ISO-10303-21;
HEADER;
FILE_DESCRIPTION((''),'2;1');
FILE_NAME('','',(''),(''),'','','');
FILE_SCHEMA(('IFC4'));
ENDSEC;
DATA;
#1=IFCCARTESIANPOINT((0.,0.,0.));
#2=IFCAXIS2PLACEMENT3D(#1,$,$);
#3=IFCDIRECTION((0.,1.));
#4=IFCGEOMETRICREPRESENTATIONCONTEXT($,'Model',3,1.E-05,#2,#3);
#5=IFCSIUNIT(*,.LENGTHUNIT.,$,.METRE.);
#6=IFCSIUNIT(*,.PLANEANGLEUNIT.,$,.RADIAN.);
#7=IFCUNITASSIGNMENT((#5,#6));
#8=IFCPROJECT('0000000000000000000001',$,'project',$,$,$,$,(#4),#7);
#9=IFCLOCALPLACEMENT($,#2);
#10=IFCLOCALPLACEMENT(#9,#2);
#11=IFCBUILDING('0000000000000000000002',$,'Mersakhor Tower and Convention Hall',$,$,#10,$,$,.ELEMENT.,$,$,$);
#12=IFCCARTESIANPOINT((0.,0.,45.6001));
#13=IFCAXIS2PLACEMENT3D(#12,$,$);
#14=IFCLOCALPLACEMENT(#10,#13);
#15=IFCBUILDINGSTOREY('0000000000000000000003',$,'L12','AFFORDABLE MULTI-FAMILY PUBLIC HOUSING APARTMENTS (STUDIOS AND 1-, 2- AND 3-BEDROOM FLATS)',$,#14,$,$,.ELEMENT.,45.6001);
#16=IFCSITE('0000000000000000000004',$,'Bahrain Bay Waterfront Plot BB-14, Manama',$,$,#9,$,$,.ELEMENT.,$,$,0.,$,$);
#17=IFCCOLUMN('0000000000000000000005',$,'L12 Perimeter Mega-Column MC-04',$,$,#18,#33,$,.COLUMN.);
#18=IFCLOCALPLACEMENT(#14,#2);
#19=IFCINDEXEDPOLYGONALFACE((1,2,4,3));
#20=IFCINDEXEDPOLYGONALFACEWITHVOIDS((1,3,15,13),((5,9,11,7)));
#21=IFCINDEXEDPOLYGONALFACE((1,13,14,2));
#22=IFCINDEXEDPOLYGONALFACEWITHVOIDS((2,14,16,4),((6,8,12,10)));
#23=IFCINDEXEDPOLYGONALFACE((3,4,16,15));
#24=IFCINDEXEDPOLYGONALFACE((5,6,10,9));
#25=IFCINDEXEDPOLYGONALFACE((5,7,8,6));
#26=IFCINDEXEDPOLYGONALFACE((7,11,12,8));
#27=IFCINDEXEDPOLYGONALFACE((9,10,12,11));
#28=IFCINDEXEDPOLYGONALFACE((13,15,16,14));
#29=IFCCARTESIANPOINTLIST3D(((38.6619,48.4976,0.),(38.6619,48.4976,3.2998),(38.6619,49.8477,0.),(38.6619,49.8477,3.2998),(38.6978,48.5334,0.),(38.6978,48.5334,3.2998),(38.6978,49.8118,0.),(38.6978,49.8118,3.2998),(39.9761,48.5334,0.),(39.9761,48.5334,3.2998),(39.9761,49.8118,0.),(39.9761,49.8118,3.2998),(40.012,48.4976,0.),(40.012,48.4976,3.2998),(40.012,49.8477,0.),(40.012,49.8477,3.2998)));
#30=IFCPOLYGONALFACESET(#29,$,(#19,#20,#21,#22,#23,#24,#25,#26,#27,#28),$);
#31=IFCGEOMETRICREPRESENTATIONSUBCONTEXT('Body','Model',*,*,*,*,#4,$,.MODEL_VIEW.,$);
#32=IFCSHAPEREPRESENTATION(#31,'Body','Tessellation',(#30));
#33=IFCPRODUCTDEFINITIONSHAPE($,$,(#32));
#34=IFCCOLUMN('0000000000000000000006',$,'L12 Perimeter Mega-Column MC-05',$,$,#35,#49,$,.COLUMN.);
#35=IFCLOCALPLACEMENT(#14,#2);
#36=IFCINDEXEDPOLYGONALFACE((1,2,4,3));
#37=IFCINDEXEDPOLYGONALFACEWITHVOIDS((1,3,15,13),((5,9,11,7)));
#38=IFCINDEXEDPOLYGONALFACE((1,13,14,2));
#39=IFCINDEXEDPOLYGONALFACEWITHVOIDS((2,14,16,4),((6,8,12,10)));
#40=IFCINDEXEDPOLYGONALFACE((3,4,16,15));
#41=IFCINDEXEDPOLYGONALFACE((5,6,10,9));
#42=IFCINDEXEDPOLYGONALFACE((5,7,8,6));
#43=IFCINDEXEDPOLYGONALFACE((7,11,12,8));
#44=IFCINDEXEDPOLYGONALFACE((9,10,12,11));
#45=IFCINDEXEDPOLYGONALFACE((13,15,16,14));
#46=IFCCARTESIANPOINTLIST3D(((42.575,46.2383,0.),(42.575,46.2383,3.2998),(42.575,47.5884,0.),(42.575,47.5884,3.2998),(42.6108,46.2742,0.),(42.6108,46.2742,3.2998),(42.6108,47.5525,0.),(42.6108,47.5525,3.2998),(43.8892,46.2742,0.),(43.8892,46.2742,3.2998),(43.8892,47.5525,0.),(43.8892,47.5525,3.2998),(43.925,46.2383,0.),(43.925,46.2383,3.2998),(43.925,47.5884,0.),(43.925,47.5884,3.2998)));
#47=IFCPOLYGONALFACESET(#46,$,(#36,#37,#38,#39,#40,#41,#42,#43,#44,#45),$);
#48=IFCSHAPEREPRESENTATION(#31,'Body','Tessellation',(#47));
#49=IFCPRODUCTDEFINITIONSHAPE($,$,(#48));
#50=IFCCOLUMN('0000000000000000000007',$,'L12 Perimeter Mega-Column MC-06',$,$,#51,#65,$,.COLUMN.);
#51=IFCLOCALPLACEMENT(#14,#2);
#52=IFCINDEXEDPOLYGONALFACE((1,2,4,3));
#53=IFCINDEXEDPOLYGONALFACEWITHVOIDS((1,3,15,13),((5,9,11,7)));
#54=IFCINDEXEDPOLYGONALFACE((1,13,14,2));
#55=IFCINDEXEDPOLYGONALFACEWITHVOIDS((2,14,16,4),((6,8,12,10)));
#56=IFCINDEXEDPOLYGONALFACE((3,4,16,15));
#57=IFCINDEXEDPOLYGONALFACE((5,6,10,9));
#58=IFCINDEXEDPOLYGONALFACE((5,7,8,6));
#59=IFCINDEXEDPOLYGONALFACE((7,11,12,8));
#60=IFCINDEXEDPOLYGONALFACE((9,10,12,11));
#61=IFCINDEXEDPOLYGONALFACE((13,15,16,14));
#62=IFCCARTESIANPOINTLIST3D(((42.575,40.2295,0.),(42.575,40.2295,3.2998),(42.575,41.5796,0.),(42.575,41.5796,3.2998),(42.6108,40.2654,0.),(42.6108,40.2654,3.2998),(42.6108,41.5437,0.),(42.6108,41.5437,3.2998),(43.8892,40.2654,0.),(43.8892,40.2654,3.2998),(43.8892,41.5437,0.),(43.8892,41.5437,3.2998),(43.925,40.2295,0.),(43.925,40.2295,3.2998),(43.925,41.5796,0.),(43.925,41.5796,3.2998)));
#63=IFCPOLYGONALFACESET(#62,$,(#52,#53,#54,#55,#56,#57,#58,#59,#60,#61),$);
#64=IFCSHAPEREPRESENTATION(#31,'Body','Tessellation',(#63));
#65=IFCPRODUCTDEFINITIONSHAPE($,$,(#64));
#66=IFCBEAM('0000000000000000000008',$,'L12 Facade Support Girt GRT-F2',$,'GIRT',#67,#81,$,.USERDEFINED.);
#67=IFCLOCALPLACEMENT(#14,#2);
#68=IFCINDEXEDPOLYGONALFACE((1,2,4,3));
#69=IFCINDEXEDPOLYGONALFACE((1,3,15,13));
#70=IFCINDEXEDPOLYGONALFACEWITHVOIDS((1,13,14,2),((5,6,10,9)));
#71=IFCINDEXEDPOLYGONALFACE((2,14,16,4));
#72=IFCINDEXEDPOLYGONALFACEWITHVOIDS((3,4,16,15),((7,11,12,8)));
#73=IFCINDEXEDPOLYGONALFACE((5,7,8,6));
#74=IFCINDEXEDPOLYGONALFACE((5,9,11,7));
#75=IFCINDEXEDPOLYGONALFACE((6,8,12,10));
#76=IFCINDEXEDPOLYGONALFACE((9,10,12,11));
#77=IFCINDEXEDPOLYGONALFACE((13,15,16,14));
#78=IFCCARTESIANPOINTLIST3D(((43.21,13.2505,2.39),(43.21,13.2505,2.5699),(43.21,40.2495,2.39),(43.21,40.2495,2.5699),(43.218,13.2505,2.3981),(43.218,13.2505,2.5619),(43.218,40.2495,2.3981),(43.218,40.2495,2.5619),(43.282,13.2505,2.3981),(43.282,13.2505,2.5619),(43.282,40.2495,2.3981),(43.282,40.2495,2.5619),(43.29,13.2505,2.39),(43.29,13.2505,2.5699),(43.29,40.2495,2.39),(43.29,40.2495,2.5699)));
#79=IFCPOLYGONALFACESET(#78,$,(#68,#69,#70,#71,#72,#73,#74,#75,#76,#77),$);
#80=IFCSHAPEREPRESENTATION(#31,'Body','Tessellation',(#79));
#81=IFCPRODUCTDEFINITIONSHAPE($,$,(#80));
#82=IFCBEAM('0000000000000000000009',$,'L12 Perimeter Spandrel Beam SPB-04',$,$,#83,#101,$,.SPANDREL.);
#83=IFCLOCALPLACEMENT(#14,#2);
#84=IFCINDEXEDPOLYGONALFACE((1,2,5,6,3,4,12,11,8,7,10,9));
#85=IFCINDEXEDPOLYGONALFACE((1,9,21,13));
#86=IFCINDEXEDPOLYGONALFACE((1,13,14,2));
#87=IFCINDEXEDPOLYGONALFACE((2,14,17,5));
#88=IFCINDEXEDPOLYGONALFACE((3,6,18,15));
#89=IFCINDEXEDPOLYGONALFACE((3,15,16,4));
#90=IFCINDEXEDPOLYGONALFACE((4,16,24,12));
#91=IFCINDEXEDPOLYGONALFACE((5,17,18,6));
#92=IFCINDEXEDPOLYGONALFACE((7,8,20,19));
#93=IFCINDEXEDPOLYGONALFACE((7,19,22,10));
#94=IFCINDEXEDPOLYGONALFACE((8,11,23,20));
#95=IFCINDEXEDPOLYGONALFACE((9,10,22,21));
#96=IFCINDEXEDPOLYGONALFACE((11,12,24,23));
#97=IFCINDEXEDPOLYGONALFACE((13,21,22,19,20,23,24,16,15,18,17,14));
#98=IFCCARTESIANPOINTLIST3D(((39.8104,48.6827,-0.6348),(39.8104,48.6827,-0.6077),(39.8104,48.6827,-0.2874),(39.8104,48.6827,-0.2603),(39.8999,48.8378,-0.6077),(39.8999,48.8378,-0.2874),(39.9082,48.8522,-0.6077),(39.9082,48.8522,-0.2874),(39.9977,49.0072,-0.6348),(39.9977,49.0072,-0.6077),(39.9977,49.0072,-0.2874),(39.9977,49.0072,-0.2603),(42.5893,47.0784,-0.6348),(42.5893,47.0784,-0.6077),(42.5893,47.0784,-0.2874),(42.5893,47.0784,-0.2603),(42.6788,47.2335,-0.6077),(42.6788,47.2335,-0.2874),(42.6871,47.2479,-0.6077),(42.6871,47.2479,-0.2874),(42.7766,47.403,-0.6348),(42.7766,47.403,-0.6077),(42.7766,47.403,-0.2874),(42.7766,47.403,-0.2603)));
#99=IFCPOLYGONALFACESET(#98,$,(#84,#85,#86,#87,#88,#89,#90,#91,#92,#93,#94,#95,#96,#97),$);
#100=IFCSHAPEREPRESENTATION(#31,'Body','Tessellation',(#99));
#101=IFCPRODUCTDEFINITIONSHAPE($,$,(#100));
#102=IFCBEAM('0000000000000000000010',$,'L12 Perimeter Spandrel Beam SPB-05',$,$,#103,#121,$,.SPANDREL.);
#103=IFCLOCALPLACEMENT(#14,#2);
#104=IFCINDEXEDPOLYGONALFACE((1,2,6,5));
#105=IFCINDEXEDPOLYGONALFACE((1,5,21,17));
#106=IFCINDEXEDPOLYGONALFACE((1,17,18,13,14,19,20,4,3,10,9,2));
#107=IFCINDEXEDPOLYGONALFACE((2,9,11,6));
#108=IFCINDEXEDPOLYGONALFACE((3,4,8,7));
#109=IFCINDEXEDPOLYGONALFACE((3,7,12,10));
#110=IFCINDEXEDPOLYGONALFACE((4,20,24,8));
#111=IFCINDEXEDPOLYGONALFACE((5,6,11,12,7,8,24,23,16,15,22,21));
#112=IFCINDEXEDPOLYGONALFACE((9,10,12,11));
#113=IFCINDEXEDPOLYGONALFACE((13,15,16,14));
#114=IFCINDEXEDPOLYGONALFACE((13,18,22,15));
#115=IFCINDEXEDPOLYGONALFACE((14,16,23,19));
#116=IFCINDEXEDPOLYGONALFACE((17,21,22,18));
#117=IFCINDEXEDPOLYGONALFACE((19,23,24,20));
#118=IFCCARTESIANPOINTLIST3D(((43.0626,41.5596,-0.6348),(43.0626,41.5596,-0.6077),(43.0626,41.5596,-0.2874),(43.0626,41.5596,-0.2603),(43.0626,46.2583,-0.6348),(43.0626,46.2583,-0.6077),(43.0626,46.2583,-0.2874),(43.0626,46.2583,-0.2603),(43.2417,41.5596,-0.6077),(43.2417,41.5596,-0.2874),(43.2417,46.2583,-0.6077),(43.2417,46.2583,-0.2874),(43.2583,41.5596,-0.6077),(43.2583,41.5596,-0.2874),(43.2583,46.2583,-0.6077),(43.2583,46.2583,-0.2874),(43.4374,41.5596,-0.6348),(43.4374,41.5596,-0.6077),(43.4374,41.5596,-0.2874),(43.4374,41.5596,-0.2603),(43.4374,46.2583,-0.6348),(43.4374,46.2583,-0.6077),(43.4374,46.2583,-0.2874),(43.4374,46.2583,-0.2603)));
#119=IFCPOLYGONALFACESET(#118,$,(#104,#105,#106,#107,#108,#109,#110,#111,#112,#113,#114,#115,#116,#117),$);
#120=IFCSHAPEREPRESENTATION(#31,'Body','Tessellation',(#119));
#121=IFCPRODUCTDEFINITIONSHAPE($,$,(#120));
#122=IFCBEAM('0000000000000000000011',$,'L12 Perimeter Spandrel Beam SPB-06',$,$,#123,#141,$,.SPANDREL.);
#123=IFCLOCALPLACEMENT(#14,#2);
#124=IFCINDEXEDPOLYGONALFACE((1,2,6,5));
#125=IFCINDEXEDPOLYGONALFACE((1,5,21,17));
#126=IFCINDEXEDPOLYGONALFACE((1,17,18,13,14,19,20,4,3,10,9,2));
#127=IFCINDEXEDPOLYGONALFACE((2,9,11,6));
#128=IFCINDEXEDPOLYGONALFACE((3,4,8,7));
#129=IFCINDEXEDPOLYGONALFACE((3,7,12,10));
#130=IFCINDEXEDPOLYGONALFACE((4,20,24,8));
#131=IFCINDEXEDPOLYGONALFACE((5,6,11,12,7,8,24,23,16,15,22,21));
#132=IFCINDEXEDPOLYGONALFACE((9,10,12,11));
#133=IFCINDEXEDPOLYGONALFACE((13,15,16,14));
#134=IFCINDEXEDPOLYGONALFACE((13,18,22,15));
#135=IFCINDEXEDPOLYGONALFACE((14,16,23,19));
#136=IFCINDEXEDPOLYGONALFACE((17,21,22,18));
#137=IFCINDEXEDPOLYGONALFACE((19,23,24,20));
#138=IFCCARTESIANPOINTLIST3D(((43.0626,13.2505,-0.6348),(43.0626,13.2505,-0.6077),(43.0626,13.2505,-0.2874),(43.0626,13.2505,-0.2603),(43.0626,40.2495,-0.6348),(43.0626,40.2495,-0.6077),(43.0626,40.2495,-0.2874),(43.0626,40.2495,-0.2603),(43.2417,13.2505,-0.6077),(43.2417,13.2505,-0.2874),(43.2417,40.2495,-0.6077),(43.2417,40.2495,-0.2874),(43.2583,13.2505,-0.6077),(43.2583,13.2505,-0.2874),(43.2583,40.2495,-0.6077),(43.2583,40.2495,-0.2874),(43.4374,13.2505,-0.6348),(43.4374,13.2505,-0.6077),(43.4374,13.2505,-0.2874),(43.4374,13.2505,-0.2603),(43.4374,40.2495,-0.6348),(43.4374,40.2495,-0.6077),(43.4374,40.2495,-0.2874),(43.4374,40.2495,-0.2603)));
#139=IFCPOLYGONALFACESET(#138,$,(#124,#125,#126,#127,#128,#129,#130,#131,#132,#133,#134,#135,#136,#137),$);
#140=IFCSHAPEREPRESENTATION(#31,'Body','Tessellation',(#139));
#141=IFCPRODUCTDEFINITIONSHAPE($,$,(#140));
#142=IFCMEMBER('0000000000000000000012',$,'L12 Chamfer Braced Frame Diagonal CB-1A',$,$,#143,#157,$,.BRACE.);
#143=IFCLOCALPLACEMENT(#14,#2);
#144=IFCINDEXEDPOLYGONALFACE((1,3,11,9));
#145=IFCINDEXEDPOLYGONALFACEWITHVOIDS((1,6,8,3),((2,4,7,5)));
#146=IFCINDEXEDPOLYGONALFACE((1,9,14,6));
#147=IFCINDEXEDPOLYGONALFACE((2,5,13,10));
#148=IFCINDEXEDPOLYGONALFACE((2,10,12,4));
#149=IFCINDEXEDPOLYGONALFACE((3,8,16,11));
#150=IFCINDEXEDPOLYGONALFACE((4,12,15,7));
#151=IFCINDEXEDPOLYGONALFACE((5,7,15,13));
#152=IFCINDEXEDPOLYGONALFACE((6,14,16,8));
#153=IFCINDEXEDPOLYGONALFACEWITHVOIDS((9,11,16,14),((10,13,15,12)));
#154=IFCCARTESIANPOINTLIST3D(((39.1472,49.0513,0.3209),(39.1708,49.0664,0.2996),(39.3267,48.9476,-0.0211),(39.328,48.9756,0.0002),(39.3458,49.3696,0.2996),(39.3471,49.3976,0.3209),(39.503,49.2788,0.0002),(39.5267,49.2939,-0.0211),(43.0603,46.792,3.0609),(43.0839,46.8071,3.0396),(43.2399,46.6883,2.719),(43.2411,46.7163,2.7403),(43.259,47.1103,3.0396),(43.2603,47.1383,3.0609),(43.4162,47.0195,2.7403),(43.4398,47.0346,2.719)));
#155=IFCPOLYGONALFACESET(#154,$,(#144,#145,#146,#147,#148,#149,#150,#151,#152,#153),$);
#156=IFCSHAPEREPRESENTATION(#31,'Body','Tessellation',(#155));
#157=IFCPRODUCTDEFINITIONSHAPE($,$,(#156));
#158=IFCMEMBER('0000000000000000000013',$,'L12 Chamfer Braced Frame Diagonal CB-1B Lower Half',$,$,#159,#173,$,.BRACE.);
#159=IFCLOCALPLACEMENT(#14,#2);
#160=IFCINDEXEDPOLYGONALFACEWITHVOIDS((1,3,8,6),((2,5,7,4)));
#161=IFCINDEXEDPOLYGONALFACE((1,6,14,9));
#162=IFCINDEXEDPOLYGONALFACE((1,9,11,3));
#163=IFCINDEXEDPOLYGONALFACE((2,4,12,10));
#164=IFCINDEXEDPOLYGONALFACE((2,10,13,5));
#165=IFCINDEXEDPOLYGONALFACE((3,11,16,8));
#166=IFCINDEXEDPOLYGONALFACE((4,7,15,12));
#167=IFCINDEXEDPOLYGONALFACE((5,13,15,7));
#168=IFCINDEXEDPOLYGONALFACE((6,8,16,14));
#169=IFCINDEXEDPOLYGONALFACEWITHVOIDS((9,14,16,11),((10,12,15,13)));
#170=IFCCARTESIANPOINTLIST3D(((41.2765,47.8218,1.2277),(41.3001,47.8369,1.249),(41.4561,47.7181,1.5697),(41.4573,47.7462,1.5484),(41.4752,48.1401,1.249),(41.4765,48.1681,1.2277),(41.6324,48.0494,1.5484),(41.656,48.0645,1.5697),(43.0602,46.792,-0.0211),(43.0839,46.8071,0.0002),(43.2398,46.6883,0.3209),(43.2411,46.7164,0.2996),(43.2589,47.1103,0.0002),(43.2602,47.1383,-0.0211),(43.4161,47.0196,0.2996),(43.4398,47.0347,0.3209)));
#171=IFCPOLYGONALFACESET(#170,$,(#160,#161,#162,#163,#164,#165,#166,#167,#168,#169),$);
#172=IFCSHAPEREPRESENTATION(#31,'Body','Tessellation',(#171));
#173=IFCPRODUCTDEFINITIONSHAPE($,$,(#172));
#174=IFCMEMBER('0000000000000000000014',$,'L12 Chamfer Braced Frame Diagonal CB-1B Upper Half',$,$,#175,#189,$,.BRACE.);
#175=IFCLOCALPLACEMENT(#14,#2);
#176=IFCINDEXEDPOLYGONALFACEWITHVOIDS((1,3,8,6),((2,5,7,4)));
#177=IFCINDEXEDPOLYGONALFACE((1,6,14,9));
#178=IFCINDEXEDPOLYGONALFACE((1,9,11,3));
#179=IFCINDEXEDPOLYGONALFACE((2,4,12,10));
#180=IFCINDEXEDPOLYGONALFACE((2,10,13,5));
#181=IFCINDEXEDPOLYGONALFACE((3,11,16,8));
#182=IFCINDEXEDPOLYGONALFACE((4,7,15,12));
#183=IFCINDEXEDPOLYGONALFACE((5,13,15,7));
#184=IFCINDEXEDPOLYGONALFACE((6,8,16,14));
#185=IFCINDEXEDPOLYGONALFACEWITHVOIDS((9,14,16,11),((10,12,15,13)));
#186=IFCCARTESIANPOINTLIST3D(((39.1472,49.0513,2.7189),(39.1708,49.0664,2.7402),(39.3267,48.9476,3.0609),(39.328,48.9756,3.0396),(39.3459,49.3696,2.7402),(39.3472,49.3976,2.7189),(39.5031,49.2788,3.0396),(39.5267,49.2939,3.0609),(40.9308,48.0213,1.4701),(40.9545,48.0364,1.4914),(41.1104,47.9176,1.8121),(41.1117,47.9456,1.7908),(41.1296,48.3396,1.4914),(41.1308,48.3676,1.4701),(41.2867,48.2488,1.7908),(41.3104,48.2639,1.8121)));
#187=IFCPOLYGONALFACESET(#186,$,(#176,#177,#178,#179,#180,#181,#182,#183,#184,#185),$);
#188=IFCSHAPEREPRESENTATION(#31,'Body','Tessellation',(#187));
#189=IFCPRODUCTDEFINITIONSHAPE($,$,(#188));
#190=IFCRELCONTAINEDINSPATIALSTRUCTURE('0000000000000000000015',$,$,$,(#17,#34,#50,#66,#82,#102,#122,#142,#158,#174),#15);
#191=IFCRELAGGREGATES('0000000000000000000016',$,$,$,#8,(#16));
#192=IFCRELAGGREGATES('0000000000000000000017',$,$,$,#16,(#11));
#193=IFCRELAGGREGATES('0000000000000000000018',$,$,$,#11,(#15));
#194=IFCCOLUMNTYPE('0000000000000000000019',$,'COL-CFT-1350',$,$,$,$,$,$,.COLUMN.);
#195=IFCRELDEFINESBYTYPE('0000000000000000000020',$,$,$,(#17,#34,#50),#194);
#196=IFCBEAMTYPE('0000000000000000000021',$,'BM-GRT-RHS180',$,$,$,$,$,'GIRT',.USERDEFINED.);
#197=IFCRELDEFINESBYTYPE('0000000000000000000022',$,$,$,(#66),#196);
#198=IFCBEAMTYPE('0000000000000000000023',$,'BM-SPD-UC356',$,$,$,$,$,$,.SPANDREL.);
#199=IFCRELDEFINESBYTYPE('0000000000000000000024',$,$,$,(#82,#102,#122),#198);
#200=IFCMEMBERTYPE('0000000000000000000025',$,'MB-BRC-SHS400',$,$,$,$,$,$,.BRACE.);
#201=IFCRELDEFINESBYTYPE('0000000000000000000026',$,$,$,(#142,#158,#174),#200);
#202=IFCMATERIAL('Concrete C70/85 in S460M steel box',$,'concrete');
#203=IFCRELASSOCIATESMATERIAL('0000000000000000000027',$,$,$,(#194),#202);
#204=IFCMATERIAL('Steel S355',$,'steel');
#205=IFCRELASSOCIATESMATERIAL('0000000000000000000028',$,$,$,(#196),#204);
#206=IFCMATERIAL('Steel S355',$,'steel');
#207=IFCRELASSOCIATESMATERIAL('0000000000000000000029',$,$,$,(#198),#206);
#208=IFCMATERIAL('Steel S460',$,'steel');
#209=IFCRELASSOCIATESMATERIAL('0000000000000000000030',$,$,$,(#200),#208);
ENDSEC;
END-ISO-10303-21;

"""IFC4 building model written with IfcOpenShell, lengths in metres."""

from ifc_helpers import new_model, si_unit, direction, frame, origin, origin_2d, place, context, subcontext, project, spatial, hollow_rectangle, i_section, extrude, material, material_profile, profile_set, type_object, element, save


model = new_model("IFC4")

# Units and contexts
model_context = context("Model", 3, precision=1e-05, world=origin(), true_north=direction((0.0, 1.0)))
body_context = subcontext(model_context, "Body", "Model", "MODEL_VIEW")
ifc_project = project(units=[si_unit("LENGTHUNIT", "METRE"), si_unit("PLANEANGLEUNIT", "RADIAN")], contexts=[model_context])

# Site, building, storey
site_placement = place(None, origin())
site = spatial("IfcSite", under=ifc_project, at=site_placement, Name="Bahrain Bay Waterfront Plot BB-14, Manama", CompositionType="ELEMENT", RefElevation=0.0)
building_placement = place(site_placement, origin())
building = spatial("IfcBuilding", under=site, at=building_placement, Name="Mersakhor Tower and Convention Hall", CompositionType="ELEMENT")
storey_placement = place(building_placement, frame((0.0, 0.0, 45.6001)))
storey = spatial("IfcBuildingStorey", under=building, at=storey_placement, Name="L12", Description="AFFORDABLE MULTI-FAMILY PUBLIC HOUSING APARTMENTS (STUDIOS AND 1-, 2- AND 3-BEDROOM FLATS)", CompositionType="ELEMENT", Elevation=45.6001)

# Columns
ifc_material_1 = material(Name="Concrete C70/85 in S460M steel box", Category="concrete")
ifc_material_profile_1 = material_profile(ifc_material_1, hollow_rectangle(XDim=1.3501, YDim=1.3501, WallThickness=0.0359, at=origin_2d()), Name="SHS 1350x1350x36")
ifc_profile_set_1 = profile_set([ifc_material_profile_1], Name="Concrete C70/85 in S460M steel box")
column_type = type_object("IfcColumnType", Name="COL-CFT-1350", PredefinedType="COLUMN", material=ifc_profile_set_1)
for number, where, z_axis, x_axis, name in (
    (1, (39.3369, 49.1726, 0.0), (0.0, 0.0, 1.0), (1.0, 0.0, 0.0), "L12 Perimeter Mega-Column MC-04"),
    (2, (43.25, 46.9133, 0.0), (0.0, 0.0, 1.0), (1.0, 0.0, 0.0), "L12 Perimeter Mega-Column MC-05"),
    (3, (43.25, 40.9045, 0.0), (0.0, 0.0, 1.0), (1.0, 0.0, 0.0), "L12 Perimeter Mega-Column MC-06"),
):
    element("IfcColumn", number, at=place(storey_placement, frame(where, z_axis=z_axis, x_axis=x_axis)), inside=storey, type_object=column_type, Name=name, PredefinedType="COLUMN", context=body_context, shape_type="SweptSolid", body=[
        extrude(hollow_rectangle(XDim=1.3501, YDim=1.3501, WallThickness=0.0359, at=origin_2d()), origin(), (0.0, 0.0, 1.0), 3.2998),
    ])

# Beams
ifc_material_2 = material(Name="Steel S355", Category="steel")
ifc_material_profile_2 = material_profile(ifc_material_2, hollow_rectangle(XDim=0.0801, YDim=0.1799, WallThickness=0.0081, at=origin_2d()), Name="RHS 180x80x8")
ifc_profile_set_2 = profile_set([ifc_material_profile_2], Name="Steel S355")
beam_type_1 = type_object("IfcBeamType", Name="BM-GRT-RHS180", ElementType="GIRT", PredefinedType="USERDEFINED", material=ifc_profile_set_2)
beam_1_placement = place(storey_placement, frame((43.25, 40.2495, 2.48), z_axis=(0.0, -1.0, 0.0), x_axis=(1.0, 0.0, 0.0)))
element("IfcBeam", 4, at=beam_1_placement, inside=storey, type_object=beam_type_1, Name="L12 Facade Support Girt GRT-F2", ObjectType="GIRT", PredefinedType="USERDEFINED", context=body_context, shape_type="SweptSolid", body=[
    extrude(hollow_rectangle(XDim=0.0801, YDim=0.1799, WallThickness=0.0081, at=origin_2d()), origin(), (0.0, 0.0, 1.0), 26.999),
])
ifc_material_3 = material(Name="Steel S355", Category="steel")
ifc_material_profile_3 = material_profile(ifc_material_3, i_section(OverallWidth=0.3748, OverallDepth=0.3745, WebThickness=0.0166, FlangeThickness=0.0271, at=origin_2d()), Name="UC 356x368x202")
ifc_profile_set_3 = profile_set([ifc_material_profile_3], Name="Steel S355")
beam_type_2 = type_object("IfcBeamType", Name="BM-SPD-UC356", PredefinedType="SPANDREL", material=ifc_profile_set_3)
beam_2_placement = place(storey_placement, frame((39.9041, 48.845, -0.4475), z_axis=(0.866039, -0.499977, 0.0), x_axis=(0.499977, 0.866039, 0.0)))
element("IfcBeam", 5, at=beam_2_placement, inside=storey, type_object=beam_type_2, Name="L12 Perimeter Spandrel Beam SPB-04", PredefinedType="SPANDREL", context=body_context, shape_type="SweptSolid", body=[
    extrude(i_section(OverallWidth=0.3748, OverallDepth=0.3745, WebThickness=0.0166, FlangeThickness=0.0271, at=origin_2d()), origin(), (0.0, 0.0, 1.0), 3.2087),
])
beam_3_placement = place(storey_placement, frame((43.25, 46.2583, -0.4475), z_axis=(0.0, -1.0, 0.0), x_axis=(1.0, 0.0, 0.0)))
element("IfcBeam", 6, at=beam_3_placement, inside=storey, type_object=beam_type_2, Name="L12 Perimeter Spandrel Beam SPB-05", PredefinedType="SPANDREL", context=body_context, shape_type="SweptSolid", body=[
    extrude(i_section(OverallWidth=0.3748, OverallDepth=0.3745, WebThickness=0.0166, FlangeThickness=0.0271, at=origin_2d()), origin(), (0.0, 0.0, 1.0), 4.6987),
])
beam_4_placement = place(storey_placement, frame((43.25, 40.2495, -0.4475), z_axis=(0.0, -1.0, 0.0), x_axis=(1.0, 0.0, 0.0)))
element("IfcBeam", 7, at=beam_4_placement, inside=storey, type_object=beam_type_2, Name="L12 Perimeter Spandrel Beam SPB-06", PredefinedType="SPANDREL", context=body_context, shape_type="SweptSolid", body=[
    extrude(i_section(OverallWidth=0.3748, OverallDepth=0.3745, WebThickness=0.0166, FlangeThickness=0.0271, at=origin_2d()), origin(), (0.0, 0.0, 1.0), 26.999),
])

# Members
ifc_material_4 = material(Name="Steel S460", Category="steel")
ifc_material_profile_4 = material_profile(ifc_material_4, hollow_rectangle(XDim=0.3999, YDim=0.3999, WallThickness=0.0249, at=origin_2d()), Name="SHS 400x400x25")
ifc_profile_set_4 = profile_set([ifc_material_profile_4], Name="Steel S460")
member_type = type_object("IfcMemberType", Name="MB-BRC-SHS400", PredefinedType="BRACE", material=ifc_profile_set_4)
member_placement = place(storey_placement, frame((39.3369, 49.1726, 0.1499), z_axis=(0.740508, -0.427543, 0.518513), x_axis=(0.500009, 0.86602, 0.0)))
element("IfcMember", 8, at=member_placement, inside=storey, type_object=member_type, Name="L12 Chamfer Braced Frame Diagonal CB-1A", PredefinedType="BRACE", context=body_context, shape_type="SweptSolid", body=[
    extrude(hollow_rectangle(XDim=0.3999, YDim=0.3999, WallThickness=0.0249, at=origin_2d()), origin(), (0.0, 0.0, 1.0), 5.2844),
])
for number, where, z_axis, x_axis, name in (
    (9, (43.25, 46.9133, 0.1499), (-0.740544, 0.427541, 0.518462), (-0.499989, -0.866032, 0.0), "L12 Chamfer Braced Frame Diagonal CB-1B Lower Half"),
    (10, (41.1206, 48.1426, 1.6411), (-0.740512, 0.427624, 0.51844), (-0.500078, -0.86598, 0.0), "L12 Chamfer Braced Frame Diagonal CB-1B Upper Half"),
):
    element("IfcMember", number, at=place(storey_placement, frame(where, z_axis=z_axis, x_axis=x_axis)), inside=storey, type_object=member_type, Name=name, PredefinedType="BRACE", context=body_context, shape_type="SweptSolid", body=[
        extrude(hollow_rectangle(XDim=0.3999, YDim=0.3999, WallThickness=0.0249, at=origin_2d()), origin(), (0.0, 0.0, 1.0), 2.4087),
    ])

save(model, "model.ifc")
